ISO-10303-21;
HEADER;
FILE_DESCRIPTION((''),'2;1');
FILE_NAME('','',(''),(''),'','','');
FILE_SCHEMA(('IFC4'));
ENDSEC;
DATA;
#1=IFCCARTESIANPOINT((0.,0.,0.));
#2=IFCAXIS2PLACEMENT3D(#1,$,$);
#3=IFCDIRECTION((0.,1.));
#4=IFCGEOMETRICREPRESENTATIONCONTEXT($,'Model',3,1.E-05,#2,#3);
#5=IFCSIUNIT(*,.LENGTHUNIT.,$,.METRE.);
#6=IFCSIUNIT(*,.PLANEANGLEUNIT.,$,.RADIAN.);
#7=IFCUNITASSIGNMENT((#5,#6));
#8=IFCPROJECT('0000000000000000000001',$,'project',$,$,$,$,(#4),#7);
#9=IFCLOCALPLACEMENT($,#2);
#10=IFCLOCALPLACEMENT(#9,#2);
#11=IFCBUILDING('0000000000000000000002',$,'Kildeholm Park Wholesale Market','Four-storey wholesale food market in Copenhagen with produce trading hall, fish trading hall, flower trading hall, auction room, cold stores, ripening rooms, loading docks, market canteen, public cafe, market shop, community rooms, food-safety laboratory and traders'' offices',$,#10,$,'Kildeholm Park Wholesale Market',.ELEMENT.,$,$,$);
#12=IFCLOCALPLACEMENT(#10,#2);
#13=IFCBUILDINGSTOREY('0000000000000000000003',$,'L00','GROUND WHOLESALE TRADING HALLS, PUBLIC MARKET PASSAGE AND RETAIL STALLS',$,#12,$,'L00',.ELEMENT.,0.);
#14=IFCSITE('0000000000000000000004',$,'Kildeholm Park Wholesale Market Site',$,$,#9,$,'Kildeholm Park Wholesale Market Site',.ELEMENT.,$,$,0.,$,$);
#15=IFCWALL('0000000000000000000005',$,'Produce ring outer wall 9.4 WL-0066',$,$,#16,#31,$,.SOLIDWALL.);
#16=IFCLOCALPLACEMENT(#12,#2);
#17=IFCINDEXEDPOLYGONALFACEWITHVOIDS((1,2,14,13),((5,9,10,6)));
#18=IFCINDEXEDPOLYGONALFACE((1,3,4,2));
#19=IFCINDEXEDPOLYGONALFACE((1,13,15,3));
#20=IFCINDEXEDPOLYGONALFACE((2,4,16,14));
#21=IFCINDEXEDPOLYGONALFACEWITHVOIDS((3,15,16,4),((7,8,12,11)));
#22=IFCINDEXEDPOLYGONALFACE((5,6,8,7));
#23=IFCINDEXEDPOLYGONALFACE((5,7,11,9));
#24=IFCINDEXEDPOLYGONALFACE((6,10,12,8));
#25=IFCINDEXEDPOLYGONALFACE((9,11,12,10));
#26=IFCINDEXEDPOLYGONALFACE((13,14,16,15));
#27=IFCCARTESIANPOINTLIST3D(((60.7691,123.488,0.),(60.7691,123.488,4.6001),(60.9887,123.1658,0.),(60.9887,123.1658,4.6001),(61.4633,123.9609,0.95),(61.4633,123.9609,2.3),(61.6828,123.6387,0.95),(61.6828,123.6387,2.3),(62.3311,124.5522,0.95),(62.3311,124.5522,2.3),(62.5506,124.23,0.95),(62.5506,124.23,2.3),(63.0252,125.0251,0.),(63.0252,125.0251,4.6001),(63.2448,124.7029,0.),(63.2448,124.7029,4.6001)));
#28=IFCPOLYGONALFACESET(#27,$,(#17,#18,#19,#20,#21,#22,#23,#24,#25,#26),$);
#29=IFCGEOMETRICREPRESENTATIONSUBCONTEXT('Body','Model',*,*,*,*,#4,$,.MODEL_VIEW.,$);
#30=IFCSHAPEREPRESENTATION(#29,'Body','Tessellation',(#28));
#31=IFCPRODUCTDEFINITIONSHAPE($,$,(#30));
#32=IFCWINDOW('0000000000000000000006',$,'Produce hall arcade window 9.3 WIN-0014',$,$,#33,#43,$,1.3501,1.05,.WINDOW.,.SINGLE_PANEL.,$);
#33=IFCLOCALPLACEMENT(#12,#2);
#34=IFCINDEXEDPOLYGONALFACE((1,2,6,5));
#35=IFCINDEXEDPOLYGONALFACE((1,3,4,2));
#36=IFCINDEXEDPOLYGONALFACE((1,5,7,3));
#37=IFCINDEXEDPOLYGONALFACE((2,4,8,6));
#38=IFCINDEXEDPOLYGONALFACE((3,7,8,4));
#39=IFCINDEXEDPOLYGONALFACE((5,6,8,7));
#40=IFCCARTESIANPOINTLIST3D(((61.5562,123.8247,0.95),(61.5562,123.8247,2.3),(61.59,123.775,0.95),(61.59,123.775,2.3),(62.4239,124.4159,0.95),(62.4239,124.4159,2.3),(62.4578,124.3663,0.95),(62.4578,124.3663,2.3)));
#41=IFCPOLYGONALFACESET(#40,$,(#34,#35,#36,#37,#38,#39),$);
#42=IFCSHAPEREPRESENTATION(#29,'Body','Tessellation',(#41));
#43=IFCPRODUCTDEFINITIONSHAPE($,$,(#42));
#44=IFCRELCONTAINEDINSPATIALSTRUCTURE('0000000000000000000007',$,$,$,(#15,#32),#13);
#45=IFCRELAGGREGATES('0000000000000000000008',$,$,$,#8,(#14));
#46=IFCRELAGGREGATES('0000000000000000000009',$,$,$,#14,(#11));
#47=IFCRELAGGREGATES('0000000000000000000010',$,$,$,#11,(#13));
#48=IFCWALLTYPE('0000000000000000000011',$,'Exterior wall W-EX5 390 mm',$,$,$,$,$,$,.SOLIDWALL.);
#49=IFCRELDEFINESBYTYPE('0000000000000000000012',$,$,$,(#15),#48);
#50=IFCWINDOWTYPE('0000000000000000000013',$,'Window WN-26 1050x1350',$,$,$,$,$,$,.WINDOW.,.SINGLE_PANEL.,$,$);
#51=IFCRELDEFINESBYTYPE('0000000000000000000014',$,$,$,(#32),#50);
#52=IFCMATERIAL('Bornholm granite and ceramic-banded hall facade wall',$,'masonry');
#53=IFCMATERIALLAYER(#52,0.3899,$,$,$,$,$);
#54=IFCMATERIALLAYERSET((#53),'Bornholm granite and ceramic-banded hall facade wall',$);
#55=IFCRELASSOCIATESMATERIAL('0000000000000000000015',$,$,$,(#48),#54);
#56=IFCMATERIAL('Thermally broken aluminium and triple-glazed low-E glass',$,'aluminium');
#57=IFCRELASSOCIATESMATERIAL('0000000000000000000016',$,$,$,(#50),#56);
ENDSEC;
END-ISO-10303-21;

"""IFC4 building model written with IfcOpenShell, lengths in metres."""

from ifc_helpers import new_model, si_unit, direction, frame, frame_2d, origin, place, context, subcontext, project, spatial, rectangle, extrude, material, layer, layer_set, type_object, element, fill, save


model = new_model("IFC4")

# Units and contexts
model_context = context("Model", 3, precision=1e-05, world=origin(), true_north=direction((0.0, 1.0)))
body_context = subcontext(model_context, "Body", "Model", "MODEL_VIEW")
ifc_project = project(units=[si_unit("LENGTHUNIT", "METRE"), si_unit("PLANEANGLEUNIT", "RADIAN")], contexts=[model_context])

# Site, building, storey
site_placement = place(None, origin())
site = spatial("IfcSite", under=ifc_project, at=site_placement, Name="Kildeholm Park Wholesale Market Site", LongName="Kildeholm Park Wholesale Market Site", CompositionType="ELEMENT", RefElevation=0.0)
building_placement = place(site_placement, origin())
building = spatial("IfcBuilding", under=site, at=building_placement, Name="Kildeholm Park Wholesale Market", Description="Four-storey wholesale food market in Copenhagen with produce trading hall, fish trading hall, flower trading hall, auction room, cold stores, ripening rooms, loading docks, market canteen, public cafe, market shop, community rooms, food-safety laboratory and traders' offices", LongName="Kildeholm Park Wholesale Market", CompositionType="ELEMENT")
storey_placement = place(building_placement, origin())
storey = spatial("IfcBuildingStorey", under=building, at=storey_placement, Name="L00", Description="GROUND WHOLESALE TRADING HALLS, PUBLIC MARKET PASSAGE AND RETAIL STALLS", LongName="L00", CompositionType="ELEMENT", Elevation=0.0)

# Shared definitions
ifc_material_1 = material(Name="Thermally broken aluminium and triple-glazed low-E glass", Category="aluminium")

# Shared definitions
ifc_material_2 = material(Name="Bornholm granite and ceramic-banded hall facade wall", Category="masonry")
ifc_layer_1 = layer(ifc_material_2, 0.3899)
ifc_layer_set_1 = layer_set([ifc_layer_1], Name="Bornholm granite and ceramic-banded hall facade wall")
wall_type_1 = type_object("IfcWallType", Name="Exterior wall W-EX5 390 mm", PredefinedType="SOLIDWALL", material=ifc_layer_set_1)

# Wall, opening, window
wall_1_placement = place(storey_placement, frame((63.135, 124.864, 0.0), z_axis=(0.0, 0.0, 1.0), x_axis=(-0.826422, -0.563051, 0.0)))
wall_1 = element("IfcWall", 1, at=wall_1_placement, inside=storey, type_object=wall_type_1, Name="Produce ring outer wall 9.4 WL-0066", PredefinedType="SOLIDWALL", context=body_context, shape_type="SweptSolid", body=[
    extrude(rectangle(XDim=2.73, YDim=0.3899, at=frame_2d((1.365, 0.0))), origin(), (0.0, 0.0, 1.0), 4.6001),
])
opening_1_placement = place(wall_1_placement, frame((0.8401, 0.0, 0.95)))
opening_1 = element("IfcOpeningElement", 2, at=opening_1_placement, cuts=wall_1, PredefinedType="OPENING", context=body_context, shape_type="SweptSolid", body=[
    extrude(rectangle(XDim=1.05, YDim=1.3501, at=frame_2d((0.5249, 0.675))), frame((0.0, 0.2048, 0.0), z_axis=(0.0, -1.0, 0.0), x_axis=(1.0, 0.0, 0.0)), (0.0, 0.0, 1.0), 0.4099),
])
window_type_1 = type_object("IfcWindowType", Name="Window WN-26 1050x1350", PartitioningType="SINGLE_PANEL", PredefinedType="WINDOW", material=ifc_material_1)
window_1_placement = place(opening_1_placement, origin())
window_1 = element("IfcWindow", 3, at=window_1_placement, inside=storey, type_object=window_type_1, Name="Produce hall arcade window 9.3 WIN-0014", OverallHeight=1.3501, OverallWidth=1.05, PartitioningType="SINGLE_PANEL", PredefinedType="WINDOW", context=body_context, shape_type="SweptSolid", body=[
    extrude(rectangle(XDim=1.05, YDim=1.3501, at=frame_2d((0.5249, 0.675))), frame((0.0, 0.03, 0.0), z_axis=(0.0, -1.0, 0.0), x_axis=(1.0, 0.0, 0.0)), (0.0, 0.0, 1.0), 0.0601),
])
fill(opening_1, window_1)

save(model, "model.ifc")
